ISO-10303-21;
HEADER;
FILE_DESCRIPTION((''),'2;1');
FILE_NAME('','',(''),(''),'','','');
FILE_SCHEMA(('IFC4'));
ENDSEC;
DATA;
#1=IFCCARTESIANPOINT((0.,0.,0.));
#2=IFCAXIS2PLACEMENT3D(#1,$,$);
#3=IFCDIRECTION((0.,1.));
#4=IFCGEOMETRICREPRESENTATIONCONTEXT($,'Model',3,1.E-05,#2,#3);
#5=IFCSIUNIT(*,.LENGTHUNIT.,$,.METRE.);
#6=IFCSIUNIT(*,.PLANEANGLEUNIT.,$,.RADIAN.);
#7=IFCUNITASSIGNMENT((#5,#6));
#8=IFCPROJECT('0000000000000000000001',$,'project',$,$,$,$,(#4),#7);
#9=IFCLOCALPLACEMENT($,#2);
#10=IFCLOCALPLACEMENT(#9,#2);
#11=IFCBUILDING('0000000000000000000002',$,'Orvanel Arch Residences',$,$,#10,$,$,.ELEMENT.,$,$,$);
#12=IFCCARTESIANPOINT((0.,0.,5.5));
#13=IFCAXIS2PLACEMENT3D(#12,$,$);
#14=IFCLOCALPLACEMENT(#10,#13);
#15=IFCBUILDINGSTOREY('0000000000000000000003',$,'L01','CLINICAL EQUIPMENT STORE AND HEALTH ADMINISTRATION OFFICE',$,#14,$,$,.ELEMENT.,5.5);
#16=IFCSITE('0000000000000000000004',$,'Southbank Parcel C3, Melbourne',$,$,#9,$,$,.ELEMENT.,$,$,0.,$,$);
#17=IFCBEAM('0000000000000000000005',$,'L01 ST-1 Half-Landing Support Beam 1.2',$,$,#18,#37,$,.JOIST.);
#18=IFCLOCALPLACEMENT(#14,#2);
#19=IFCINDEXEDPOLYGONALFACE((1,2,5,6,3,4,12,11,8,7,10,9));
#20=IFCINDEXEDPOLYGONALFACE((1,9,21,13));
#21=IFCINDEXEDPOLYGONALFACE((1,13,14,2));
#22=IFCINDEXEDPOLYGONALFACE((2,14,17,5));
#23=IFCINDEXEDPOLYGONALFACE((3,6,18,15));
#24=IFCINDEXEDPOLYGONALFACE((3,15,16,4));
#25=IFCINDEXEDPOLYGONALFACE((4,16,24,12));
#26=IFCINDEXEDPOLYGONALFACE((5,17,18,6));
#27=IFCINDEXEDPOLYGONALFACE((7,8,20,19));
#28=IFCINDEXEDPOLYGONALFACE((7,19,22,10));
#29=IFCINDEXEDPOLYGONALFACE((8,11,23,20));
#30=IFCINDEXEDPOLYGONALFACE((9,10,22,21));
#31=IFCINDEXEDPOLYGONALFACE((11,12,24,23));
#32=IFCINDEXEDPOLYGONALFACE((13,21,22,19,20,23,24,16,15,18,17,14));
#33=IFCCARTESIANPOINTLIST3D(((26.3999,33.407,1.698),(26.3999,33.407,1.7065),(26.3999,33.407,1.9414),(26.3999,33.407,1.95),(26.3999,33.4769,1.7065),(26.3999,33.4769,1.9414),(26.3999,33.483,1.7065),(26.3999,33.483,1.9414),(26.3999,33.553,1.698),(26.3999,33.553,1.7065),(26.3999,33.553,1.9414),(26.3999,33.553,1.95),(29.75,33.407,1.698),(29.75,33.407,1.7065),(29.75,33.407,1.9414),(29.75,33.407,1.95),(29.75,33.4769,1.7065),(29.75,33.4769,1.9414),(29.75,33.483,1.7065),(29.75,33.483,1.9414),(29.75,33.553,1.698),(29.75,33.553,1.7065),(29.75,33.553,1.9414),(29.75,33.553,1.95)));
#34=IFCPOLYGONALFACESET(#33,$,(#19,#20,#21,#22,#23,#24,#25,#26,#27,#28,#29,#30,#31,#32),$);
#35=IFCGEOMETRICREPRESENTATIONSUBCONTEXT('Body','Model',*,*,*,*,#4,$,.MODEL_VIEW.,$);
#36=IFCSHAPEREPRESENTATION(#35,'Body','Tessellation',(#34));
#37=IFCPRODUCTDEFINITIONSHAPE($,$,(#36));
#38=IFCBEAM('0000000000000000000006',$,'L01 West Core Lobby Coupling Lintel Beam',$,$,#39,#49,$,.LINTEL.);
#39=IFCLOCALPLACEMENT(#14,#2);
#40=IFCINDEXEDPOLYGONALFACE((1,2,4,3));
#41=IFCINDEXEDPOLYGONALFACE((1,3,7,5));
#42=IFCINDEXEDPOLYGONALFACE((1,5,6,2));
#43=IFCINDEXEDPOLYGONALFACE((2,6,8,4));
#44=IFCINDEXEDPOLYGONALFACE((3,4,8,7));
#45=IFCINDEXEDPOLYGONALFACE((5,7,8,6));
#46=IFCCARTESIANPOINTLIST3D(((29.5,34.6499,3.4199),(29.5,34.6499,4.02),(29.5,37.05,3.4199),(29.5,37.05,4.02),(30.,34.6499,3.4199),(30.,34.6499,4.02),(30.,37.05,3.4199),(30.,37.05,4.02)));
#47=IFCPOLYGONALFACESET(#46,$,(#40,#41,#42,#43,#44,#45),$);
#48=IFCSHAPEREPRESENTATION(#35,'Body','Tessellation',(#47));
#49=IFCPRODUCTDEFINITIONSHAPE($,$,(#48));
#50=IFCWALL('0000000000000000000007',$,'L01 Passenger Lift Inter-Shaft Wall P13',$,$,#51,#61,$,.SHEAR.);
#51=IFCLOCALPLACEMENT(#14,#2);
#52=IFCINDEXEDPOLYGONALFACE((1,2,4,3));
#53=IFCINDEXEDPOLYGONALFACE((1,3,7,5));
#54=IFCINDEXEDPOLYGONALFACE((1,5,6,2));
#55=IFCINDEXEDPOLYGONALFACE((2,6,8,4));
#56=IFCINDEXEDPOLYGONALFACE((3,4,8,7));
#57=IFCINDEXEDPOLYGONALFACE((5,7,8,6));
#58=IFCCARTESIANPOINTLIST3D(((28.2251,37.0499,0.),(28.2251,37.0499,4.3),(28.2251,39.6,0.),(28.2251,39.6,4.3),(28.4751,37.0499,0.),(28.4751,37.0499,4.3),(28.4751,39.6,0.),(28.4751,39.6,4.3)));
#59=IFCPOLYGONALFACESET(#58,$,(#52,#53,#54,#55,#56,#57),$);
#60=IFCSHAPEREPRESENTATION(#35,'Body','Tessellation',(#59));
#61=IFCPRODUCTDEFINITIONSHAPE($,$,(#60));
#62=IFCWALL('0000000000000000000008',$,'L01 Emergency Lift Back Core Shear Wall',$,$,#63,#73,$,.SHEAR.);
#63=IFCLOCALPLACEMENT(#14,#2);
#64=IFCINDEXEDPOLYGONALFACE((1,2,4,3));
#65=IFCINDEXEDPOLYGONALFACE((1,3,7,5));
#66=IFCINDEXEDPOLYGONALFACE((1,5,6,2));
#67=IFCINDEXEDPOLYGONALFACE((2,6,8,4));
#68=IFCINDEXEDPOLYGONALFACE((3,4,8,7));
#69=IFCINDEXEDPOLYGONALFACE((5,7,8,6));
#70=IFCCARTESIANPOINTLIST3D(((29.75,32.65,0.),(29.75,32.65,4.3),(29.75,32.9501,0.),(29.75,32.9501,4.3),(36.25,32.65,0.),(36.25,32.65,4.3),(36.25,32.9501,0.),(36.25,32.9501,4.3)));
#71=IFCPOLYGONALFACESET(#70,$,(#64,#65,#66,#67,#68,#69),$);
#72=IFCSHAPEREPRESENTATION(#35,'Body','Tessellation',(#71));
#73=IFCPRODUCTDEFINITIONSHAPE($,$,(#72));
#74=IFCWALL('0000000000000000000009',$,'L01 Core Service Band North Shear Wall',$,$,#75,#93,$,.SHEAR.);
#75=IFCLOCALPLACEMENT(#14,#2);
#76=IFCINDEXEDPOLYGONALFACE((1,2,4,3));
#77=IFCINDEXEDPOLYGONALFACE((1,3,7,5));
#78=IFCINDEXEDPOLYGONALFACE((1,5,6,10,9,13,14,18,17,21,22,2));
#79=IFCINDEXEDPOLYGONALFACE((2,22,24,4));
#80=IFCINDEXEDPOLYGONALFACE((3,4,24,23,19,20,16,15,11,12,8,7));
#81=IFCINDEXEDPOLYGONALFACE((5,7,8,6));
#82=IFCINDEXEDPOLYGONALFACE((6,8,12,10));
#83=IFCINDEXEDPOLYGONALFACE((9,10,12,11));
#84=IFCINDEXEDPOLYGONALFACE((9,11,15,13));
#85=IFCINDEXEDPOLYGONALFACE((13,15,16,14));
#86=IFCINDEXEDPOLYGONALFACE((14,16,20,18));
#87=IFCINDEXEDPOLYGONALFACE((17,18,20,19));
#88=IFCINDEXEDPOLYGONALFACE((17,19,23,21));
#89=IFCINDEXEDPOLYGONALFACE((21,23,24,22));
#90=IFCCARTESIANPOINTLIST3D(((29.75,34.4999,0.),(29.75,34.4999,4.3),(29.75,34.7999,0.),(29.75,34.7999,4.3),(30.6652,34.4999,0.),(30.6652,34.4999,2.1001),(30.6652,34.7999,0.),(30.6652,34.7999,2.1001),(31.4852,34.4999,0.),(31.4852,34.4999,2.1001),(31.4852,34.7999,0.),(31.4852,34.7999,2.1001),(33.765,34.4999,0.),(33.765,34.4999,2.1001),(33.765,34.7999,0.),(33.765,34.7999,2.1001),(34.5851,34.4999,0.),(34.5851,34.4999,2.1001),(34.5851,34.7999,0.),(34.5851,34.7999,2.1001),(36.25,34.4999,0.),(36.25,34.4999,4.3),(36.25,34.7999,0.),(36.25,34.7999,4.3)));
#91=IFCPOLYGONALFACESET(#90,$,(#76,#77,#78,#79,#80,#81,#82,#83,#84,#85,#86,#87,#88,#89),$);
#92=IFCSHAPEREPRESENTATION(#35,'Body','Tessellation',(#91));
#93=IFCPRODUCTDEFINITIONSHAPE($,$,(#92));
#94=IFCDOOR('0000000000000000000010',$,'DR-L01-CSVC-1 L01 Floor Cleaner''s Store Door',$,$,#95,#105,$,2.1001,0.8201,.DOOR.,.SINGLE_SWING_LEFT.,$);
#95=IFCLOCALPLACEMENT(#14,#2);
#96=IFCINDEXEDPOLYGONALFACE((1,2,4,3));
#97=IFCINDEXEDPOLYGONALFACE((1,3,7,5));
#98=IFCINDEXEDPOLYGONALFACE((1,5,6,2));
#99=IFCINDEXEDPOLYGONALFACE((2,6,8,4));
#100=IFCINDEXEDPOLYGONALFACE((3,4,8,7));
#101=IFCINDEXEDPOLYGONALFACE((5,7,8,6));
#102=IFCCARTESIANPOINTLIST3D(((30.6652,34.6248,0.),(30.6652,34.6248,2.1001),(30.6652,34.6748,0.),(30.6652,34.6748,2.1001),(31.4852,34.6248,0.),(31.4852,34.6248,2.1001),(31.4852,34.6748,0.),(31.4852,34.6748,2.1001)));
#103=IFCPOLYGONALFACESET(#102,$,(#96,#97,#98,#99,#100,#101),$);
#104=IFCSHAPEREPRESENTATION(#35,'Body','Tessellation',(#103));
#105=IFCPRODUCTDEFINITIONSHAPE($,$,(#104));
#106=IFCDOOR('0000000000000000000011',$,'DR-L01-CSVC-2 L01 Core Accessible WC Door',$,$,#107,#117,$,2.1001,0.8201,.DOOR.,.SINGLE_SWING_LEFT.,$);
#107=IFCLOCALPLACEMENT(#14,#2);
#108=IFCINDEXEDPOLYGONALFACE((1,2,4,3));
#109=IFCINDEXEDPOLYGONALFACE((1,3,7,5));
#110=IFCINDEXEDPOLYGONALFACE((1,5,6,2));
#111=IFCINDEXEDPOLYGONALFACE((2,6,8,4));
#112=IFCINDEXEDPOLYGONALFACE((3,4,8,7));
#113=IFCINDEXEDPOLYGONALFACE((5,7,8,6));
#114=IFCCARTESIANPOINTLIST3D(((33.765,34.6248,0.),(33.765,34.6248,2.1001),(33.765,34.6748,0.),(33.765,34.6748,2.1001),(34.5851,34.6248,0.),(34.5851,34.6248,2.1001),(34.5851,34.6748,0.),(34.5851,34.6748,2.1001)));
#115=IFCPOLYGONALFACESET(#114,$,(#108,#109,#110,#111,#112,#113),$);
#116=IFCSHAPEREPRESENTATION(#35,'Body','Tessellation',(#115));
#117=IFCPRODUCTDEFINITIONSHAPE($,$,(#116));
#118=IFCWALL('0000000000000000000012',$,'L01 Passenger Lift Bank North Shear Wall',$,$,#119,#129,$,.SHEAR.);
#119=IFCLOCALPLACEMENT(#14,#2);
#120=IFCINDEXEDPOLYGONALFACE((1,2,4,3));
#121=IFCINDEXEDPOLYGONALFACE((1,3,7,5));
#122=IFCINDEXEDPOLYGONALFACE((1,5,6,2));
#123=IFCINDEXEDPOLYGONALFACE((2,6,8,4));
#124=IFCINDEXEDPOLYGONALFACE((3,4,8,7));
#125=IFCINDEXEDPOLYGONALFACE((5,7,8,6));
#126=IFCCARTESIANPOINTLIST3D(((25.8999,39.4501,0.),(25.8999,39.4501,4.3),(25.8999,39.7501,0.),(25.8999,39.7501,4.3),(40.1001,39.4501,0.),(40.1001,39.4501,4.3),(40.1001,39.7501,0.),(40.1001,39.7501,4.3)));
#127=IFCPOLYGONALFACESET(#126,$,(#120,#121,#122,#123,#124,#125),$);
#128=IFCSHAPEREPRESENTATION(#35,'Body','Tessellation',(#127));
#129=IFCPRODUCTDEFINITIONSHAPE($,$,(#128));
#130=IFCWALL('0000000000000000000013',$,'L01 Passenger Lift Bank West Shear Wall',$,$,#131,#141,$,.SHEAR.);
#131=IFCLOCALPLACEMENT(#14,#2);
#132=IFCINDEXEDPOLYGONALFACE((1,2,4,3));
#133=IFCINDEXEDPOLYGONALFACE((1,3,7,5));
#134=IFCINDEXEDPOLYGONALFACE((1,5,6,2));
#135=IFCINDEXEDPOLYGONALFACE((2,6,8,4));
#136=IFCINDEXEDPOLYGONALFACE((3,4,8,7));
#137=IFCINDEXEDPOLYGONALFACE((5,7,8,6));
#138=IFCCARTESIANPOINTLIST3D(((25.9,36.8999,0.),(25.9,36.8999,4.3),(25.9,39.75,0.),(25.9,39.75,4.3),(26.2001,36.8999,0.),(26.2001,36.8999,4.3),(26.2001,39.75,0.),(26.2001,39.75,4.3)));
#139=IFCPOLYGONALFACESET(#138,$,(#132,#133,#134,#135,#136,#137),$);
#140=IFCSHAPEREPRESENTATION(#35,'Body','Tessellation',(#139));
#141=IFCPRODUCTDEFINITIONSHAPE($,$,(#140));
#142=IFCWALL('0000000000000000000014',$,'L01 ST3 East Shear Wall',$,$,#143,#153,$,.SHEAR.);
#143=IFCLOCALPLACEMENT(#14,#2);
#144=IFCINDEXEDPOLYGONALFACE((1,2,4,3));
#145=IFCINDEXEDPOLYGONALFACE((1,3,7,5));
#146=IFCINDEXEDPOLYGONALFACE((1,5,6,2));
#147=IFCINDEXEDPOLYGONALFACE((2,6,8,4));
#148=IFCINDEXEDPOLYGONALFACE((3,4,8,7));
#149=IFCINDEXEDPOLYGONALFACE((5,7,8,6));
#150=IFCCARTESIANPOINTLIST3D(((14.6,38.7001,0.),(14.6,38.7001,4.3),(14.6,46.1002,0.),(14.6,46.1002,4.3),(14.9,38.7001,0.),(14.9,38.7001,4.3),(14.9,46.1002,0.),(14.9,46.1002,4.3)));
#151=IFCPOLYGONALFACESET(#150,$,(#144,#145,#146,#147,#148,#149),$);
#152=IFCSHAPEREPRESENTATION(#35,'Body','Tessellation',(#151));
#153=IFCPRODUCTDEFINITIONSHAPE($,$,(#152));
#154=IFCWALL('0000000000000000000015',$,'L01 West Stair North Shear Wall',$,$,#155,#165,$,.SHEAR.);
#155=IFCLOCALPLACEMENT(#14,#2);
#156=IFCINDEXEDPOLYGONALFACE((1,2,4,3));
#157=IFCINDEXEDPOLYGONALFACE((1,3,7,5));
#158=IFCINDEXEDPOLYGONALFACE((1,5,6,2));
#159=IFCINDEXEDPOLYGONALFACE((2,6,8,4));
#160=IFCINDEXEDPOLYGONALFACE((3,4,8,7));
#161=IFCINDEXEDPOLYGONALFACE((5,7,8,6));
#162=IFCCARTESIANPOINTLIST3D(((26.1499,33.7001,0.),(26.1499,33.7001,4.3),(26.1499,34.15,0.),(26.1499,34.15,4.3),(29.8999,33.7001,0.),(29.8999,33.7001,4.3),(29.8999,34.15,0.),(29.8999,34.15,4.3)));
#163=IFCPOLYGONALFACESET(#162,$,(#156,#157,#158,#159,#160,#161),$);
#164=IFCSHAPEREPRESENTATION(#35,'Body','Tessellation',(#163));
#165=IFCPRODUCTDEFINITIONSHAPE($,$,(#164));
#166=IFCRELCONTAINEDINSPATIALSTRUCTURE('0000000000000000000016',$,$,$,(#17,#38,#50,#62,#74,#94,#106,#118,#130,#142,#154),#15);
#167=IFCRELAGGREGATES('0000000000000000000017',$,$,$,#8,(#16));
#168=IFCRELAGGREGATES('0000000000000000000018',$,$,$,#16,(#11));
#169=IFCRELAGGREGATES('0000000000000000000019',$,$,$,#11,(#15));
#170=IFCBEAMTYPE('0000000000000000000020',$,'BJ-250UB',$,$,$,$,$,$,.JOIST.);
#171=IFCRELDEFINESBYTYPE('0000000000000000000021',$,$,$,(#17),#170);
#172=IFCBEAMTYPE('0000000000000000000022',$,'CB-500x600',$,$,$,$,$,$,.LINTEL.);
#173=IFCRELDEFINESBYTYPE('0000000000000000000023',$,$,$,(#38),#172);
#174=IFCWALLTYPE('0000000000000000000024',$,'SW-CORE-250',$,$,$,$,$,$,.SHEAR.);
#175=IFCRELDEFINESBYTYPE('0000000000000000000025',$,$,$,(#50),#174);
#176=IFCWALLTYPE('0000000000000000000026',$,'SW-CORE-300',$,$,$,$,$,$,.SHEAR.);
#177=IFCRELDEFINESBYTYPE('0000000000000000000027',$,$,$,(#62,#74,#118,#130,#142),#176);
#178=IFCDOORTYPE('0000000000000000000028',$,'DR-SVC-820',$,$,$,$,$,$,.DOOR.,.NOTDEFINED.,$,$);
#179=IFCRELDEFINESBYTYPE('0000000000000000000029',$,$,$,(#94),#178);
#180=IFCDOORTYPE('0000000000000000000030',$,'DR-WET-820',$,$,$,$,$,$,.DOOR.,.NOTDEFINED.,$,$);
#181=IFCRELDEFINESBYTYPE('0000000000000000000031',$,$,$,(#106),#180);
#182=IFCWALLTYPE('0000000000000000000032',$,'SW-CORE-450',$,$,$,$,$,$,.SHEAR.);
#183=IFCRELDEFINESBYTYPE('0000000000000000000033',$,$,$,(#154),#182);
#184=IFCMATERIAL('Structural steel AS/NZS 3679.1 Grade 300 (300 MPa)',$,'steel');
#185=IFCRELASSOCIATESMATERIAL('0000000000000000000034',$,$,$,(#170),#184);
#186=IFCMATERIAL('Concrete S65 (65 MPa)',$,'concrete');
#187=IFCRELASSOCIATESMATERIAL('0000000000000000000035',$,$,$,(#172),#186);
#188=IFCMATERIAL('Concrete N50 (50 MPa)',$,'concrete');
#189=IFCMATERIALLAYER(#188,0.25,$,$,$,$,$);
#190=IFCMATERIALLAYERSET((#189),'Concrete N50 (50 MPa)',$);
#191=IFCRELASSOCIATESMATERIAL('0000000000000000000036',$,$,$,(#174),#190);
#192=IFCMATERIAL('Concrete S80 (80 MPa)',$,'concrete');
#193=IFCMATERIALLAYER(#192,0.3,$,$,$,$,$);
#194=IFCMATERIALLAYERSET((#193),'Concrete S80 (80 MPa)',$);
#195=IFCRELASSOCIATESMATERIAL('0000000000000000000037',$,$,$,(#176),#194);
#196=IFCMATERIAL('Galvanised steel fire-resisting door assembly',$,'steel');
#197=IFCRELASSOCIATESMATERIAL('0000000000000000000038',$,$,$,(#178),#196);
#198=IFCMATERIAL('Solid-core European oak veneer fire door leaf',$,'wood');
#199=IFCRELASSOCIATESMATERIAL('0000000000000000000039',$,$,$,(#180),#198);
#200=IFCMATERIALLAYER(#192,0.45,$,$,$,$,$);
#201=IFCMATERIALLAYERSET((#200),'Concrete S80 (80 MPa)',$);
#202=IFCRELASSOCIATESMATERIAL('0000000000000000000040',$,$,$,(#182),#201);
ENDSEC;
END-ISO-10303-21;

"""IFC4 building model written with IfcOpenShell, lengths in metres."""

from ifc_helpers import new_model, si_unit, direction, frame, frame_2d, origin, origin_2d, place, context, subcontext, project, spatial, rectangle, i_section, extrude, material, layer, layer_set, material_profile, profile_set, type_object, element, fill, save


model = new_model("IFC4")

# Units and contexts
model_context = context("Model", 3, precision=1e-05, world=origin(), true_north=direction((0.0, 1.0)))
body_context = subcontext(model_context, "Body", "Model", "MODEL_VIEW")
ifc_project = project(units=[si_unit("LENGTHUNIT", "METRE"), si_unit("PLANEANGLEUNIT", "RADIAN")], contexts=[model_context])

# Site, building, storey
site_placement = place(None, origin())
site = spatial("IfcSite", under=ifc_project, at=site_placement, Name="Southbank Parcel C3, Melbourne", CompositionType="ELEMENT", RefElevation=0.0)
building_placement = place(site_placement, origin())
building = spatial("IfcBuilding", under=site, at=building_placement, Name="Orvanel Arch Residences", CompositionType="ELEMENT")
storey_placement = place(building_placement, frame((0.0, 0.0, 5.5)))
storey = spatial("IfcBuildingStorey", under=building, at=storey_placement, Name="L01", Description="CLINICAL EQUIPMENT STORE AND HEALTH ADMINISTRATION OFFICE", CompositionType="ELEMENT", Elevation=5.5)

# Shared definitions
ifc_material_1 = material(Name="Structural steel AS/NZS 3679.1 Grade 300 (300 MPa)", Category="steel")

# Beams
ifc_material_profile_1 = material_profile(ifc_material_1, i_section(OverallWidth=0.146, OverallDepth=0.252, WebThickness=0.0061, FlangeThickness=0.0085, at=origin_2d()), Name="250UB31.4")
ifc_profile_set_1 = profile_set([ifc_material_profile_1], Name="Structural steel AS/NZS 3679.1 Grade 300 (300 MPa)")
beam_type_1 = type_object("IfcBeamType", Name="BJ-250UB", PredefinedType="JOIST", material=ifc_profile_set_1)
for number, where, z_axis, x_axis, name in (
    (1, (26.3999, 33.48, 1.824), (1.0, 0.0, 0.0), (0.0, 1.0, 0.0), "L01 ST-1 Half-Landing Support Beam 1.2"),
):
    element("IfcBeam", number, at=place(storey_placement, frame(where, z_axis=z_axis, x_axis=x_axis)), inside=storey, type_object=beam_type_1, Name=name, PredefinedType="JOIST", context=body_context, shape_type="SweptSolid", body=[
        extrude(i_section(OverallWidth=0.146, OverallDepth=0.252, WebThickness=0.0061, FlangeThickness=0.0085, at=origin_2d()), origin(), (0.0, 0.0, 1.0), 3.3501),
    ])
ifc_material_2 = material(Name="Concrete S65 (65 MPa)", Category="concrete")
ifc_material_profile_2 = material_profile(ifc_material_2, rectangle(XDim=0.5, YDim=0.6001, at=origin_2d()), Name="RC500x600")
ifc_profile_set_2 = profile_set([ifc_material_profile_2], Name="Concrete S65 (65 MPa)")
beam_type_2 = type_object("IfcBeamType", Name="CB-500x600", PredefinedType="LINTEL", material=ifc_profile_set_2)
beam_1_placement = place(storey_placement, frame((29.75, 34.6499, 3.72), z_axis=(0.0, 1.0, 0.0), x_axis=(-1.0, 0.0, 0.0)))
element("IfcBeam", 2, at=beam_1_placement, inside=storey, type_object=beam_type_2, Name="L01 West Core Lobby Coupling Lintel Beam", PredefinedType="LINTEL", context=body_context, shape_type="SweptSolid", body=[
    extrude(rectangle(XDim=0.5, YDim=0.6001, at=origin_2d()), origin(), (0.0, 0.0, 1.0), 2.4001),
])

# Walls
ifc_material_3 = material(Name="Concrete N50 (50 MPa)", Category="concrete")
ifc_layer_1 = layer(ifc_material_3, 0.25)
ifc_layer_set_1 = layer_set([ifc_layer_1], Name="Concrete N50 (50 MPa)")
wall_type_1 = type_object("IfcWallType", Name="SW-CORE-250", PredefinedType="SHEAR", material=ifc_layer_set_1)
wall_1_placement = place(storey_placement, frame((28.3501, 37.05, 0.0), z_axis=(0.0, 0.0, 1.0), x_axis=(0.0, 1.0, 0.0)))
element("IfcWall", 3, at=wall_1_placement, inside=storey, type_object=wall_type_1, Name="L01 Passenger Lift Inter-Shaft Wall P13", PredefinedType="SHEAR", context=body_context, shape_type="SweptSolid", body=[
    extrude(rectangle(XDim=2.55, YDim=0.25, at=frame_2d((1.2749, 0.0))), origin(), (0.0, 0.0, 1.0), 4.3),
])
ifc_material_4 = material(Name="Concrete S80 (80 MPa)", Category="concrete")
ifc_layer_2 = layer(ifc_material_4, 0.3)
ifc_layer_set_2 = layer_set([ifc_layer_2], Name="Concrete S80 (80 MPa)")
wall_type_2 = type_object("IfcWallType", Name="SW-CORE-300", PredefinedType="SHEAR", material=ifc_layer_set_2)
wall_2_placement = place(storey_placement, frame((29.75, 32.8, 0.0), z_axis=(0.0, 0.0, 1.0), x_axis=(1.0, 0.0, 0.0)))
element("IfcWall", 4, at=wall_2_placement, inside=storey, type_object=wall_type_2, Name="L01 Emergency Lift Back Core Shear Wall", PredefinedType="SHEAR", context=body_context, shape_type="SweptSolid", body=[
    extrude(rectangle(XDim=6.5, YDim=0.3, at=frame_2d((3.25, 0.0))), origin(), (0.0, 0.0, 1.0), 4.3),
])

# Wall, openings, doors
wall_3_placement = place(storey_placement, frame((29.75, 34.6499, 0.0), z_axis=(0.0, 0.0, 1.0), x_axis=(1.0, 0.0, 0.0)))
wall_3 = element("IfcWall", 5, at=wall_3_placement, inside=storey, type_object=wall_type_2, Name="L01 Core Service Band North Shear Wall", PredefinedType="SHEAR", context=body_context, shape_type="SweptSolid", body=[
    extrude(rectangle(XDim=6.5, YDim=0.3, at=frame_2d((3.25, 0.0))), origin(), (0.0, 0.0, 1.0), 4.3),
])
opening_1_placement = place(wall_3_placement, frame((0.915, 0.0, 0.0)))
opening_1 = element("IfcOpeningElement", 6, at=opening_1_placement, cuts=wall_3, PredefinedType="OPENING", context=body_context, shape_type="SweptSolid", body=[
    extrude(rectangle(XDim=0.8201, YDim=2.1001, at=frame_2d((0.4102, 1.05))), frame((0.0, 0.1599, 0.0), z_axis=(0.0, -1.0, 0.0), x_axis=(1.0, 0.0, 0.0)), (0.0, 0.0, 1.0), 0.3201),
])
opening_2_placement = place(wall_3_placement, frame((4.0149, 0.0, 0.0)))
opening_2 = element("IfcOpeningElement", 7, at=opening_2_placement, cuts=wall_3, PredefinedType="OPENING", context=body_context, shape_type="SweptSolid", body=[
    extrude(rectangle(XDim=0.8201, YDim=2.1001, at=frame_2d((0.4102, 1.05))), frame((0.0, 0.1599, 0.0), z_axis=(0.0, -1.0, 0.0), x_axis=(1.0, 0.0, 0.0)), (0.0, 0.0, 1.0), 0.3201),
])
ifc_material_5 = material(Name="Galvanised steel fire-resisting door assembly", Category="steel")
door_type_1 = type_object("IfcDoorType", Name="DR-SVC-820", OperationType="NOTDEFINED", PredefinedType="DOOR", material=ifc_material_5)
door_1_placement = place(opening_1_placement, origin())
door_1 = element("IfcDoor", 8, at=door_1_placement, inside=storey, type_object=door_type_1, Name="DR-L01-CSVC-1 L01 Floor Cleaner's Store Door", OperationType="SINGLE_SWING_LEFT", OverallHeight=2.1001, OverallWidth=0.8201, PredefinedType="DOOR", context=body_context, shape_type="SweptSolid", body=[
    extrude(rectangle(XDim=0.8201, YDim=2.1001, at=frame_2d((0.4102, 1.05))), frame((0.0, 0.0249, 0.0), z_axis=(0.0, -1.0, 0.0), x_axis=(1.0, 0.0, 0.0)), (0.0, 0.0, 1.0), 0.05),
])
fill(opening_1, door_1)
ifc_material_6 = material(Name="Solid-core European oak veneer fire door leaf", Category="wood")
door_type_2 = type_object("IfcDoorType", Name="DR-WET-820", OperationType="NOTDEFINED", PredefinedType="DOOR", material=ifc_material_6)
door_2_placement = place(opening_2_placement, origin())
door_2 = element("IfcDoor", 9, at=door_2_placement, inside=storey, type_object=door_type_2, Name="DR-L01-CSVC-2 L01 Core Accessible WC Door", OperationType="SINGLE_SWING_LEFT", OverallHeight=2.1001, OverallWidth=0.8201, PredefinedType="DOOR", context=body_context, shape_type="SweptSolid", body=[
    extrude(rectangle(XDim=0.8201, YDim=2.1001, at=frame_2d((0.4102, 1.05))), frame((0.0, 0.0249, 0.0), z_axis=(0.0, -1.0, 0.0), x_axis=(1.0, 0.0, 0.0)), (0.0, 0.0, 1.0), 0.05),
])
fill(opening_2, door_2)

# Walls
wall_4_placement = place(storey_placement, frame((25.8999, 39.6001, 0.0), z_axis=(0.0, 0.0, 1.0), x_axis=(1.0, 0.0, 0.0)))
element("IfcWall", 10, at=wall_4_placement, inside=storey, type_object=wall_type_2, Name="L01 Passenger Lift Bank North Shear Wall", PredefinedType="SHEAR", context=body_context, shape_type="SweptSolid", body=[
    extrude(rectangle(XDim=14.2002, YDim=0.3, at=frame_2d((7.1001, 0.0))), origin(), (0.0, 0.0, 1.0), 4.3),
])
wall_5_placement = place(storey_placement, frame((26.05, 36.8999, 0.0), z_axis=(0.0, 0.0, 1.0), x_axis=(0.0, 1.0, 0.0)))
element("IfcWall", 11, at=wall_5_placement, inside=storey, type_object=wall_type_2, Name="L01 Passenger Lift Bank West Shear Wall", PredefinedType="SHEAR", context=body_context, shape_type="SweptSolid", body=[
    extrude(rectangle(XDim=2.8501, YDim=0.3, at=frame_2d((1.425, 0.0))), origin(), (0.0, 0.0, 1.0), 4.3),
])
wall_6_placement = place(storey_placement, frame((14.75, 38.7, 0.0), z_axis=(0.0, 0.0, 1.0), x_axis=(0.0, 1.0, 0.0)))
element("IfcWall", 12, at=wall_6_placement, inside=storey, type_object=wall_type_2, Name="L01 ST3 East Shear Wall", PredefinedType="SHEAR", context=body_context, shape_type="SweptSolid", body=[
    extrude(rectangle(XDim=7.4001, YDim=0.3, at=frame_2d((3.7002, 0.0))), origin(), (0.0, 0.0, 1.0), 4.3),
])
ifc_layer_3 = layer(ifc_material_4, 0.45)
ifc_layer_set_3 = layer_set([ifc_layer_3], Name="Concrete S80 (80 MPa)")
wall_type_3 = type_object("IfcWallType", Name="SW-CORE-450", PredefinedType="SHEAR", material=ifc_layer_set_3)
wall_7_placement = place(storey_placement, frame((26.1499, 33.925, 0.0), z_axis=(0.0, 0.0, 1.0), x_axis=(1.0, 0.0, 0.0)))
element("IfcWall", 13, at=wall_7_placement, inside=storey, type_object=wall_type_3, Name="L01 West Stair North Shear Wall", PredefinedType="SHEAR", context=body_context, shape_type="SweptSolid", body=[
    extrude(rectangle(XDim=3.75, YDim=0.45, at=frame_2d((1.875, 0.0))), origin(), (0.0, 0.0, 1.0), 4.3),
])

save(model, "model.ifc")
